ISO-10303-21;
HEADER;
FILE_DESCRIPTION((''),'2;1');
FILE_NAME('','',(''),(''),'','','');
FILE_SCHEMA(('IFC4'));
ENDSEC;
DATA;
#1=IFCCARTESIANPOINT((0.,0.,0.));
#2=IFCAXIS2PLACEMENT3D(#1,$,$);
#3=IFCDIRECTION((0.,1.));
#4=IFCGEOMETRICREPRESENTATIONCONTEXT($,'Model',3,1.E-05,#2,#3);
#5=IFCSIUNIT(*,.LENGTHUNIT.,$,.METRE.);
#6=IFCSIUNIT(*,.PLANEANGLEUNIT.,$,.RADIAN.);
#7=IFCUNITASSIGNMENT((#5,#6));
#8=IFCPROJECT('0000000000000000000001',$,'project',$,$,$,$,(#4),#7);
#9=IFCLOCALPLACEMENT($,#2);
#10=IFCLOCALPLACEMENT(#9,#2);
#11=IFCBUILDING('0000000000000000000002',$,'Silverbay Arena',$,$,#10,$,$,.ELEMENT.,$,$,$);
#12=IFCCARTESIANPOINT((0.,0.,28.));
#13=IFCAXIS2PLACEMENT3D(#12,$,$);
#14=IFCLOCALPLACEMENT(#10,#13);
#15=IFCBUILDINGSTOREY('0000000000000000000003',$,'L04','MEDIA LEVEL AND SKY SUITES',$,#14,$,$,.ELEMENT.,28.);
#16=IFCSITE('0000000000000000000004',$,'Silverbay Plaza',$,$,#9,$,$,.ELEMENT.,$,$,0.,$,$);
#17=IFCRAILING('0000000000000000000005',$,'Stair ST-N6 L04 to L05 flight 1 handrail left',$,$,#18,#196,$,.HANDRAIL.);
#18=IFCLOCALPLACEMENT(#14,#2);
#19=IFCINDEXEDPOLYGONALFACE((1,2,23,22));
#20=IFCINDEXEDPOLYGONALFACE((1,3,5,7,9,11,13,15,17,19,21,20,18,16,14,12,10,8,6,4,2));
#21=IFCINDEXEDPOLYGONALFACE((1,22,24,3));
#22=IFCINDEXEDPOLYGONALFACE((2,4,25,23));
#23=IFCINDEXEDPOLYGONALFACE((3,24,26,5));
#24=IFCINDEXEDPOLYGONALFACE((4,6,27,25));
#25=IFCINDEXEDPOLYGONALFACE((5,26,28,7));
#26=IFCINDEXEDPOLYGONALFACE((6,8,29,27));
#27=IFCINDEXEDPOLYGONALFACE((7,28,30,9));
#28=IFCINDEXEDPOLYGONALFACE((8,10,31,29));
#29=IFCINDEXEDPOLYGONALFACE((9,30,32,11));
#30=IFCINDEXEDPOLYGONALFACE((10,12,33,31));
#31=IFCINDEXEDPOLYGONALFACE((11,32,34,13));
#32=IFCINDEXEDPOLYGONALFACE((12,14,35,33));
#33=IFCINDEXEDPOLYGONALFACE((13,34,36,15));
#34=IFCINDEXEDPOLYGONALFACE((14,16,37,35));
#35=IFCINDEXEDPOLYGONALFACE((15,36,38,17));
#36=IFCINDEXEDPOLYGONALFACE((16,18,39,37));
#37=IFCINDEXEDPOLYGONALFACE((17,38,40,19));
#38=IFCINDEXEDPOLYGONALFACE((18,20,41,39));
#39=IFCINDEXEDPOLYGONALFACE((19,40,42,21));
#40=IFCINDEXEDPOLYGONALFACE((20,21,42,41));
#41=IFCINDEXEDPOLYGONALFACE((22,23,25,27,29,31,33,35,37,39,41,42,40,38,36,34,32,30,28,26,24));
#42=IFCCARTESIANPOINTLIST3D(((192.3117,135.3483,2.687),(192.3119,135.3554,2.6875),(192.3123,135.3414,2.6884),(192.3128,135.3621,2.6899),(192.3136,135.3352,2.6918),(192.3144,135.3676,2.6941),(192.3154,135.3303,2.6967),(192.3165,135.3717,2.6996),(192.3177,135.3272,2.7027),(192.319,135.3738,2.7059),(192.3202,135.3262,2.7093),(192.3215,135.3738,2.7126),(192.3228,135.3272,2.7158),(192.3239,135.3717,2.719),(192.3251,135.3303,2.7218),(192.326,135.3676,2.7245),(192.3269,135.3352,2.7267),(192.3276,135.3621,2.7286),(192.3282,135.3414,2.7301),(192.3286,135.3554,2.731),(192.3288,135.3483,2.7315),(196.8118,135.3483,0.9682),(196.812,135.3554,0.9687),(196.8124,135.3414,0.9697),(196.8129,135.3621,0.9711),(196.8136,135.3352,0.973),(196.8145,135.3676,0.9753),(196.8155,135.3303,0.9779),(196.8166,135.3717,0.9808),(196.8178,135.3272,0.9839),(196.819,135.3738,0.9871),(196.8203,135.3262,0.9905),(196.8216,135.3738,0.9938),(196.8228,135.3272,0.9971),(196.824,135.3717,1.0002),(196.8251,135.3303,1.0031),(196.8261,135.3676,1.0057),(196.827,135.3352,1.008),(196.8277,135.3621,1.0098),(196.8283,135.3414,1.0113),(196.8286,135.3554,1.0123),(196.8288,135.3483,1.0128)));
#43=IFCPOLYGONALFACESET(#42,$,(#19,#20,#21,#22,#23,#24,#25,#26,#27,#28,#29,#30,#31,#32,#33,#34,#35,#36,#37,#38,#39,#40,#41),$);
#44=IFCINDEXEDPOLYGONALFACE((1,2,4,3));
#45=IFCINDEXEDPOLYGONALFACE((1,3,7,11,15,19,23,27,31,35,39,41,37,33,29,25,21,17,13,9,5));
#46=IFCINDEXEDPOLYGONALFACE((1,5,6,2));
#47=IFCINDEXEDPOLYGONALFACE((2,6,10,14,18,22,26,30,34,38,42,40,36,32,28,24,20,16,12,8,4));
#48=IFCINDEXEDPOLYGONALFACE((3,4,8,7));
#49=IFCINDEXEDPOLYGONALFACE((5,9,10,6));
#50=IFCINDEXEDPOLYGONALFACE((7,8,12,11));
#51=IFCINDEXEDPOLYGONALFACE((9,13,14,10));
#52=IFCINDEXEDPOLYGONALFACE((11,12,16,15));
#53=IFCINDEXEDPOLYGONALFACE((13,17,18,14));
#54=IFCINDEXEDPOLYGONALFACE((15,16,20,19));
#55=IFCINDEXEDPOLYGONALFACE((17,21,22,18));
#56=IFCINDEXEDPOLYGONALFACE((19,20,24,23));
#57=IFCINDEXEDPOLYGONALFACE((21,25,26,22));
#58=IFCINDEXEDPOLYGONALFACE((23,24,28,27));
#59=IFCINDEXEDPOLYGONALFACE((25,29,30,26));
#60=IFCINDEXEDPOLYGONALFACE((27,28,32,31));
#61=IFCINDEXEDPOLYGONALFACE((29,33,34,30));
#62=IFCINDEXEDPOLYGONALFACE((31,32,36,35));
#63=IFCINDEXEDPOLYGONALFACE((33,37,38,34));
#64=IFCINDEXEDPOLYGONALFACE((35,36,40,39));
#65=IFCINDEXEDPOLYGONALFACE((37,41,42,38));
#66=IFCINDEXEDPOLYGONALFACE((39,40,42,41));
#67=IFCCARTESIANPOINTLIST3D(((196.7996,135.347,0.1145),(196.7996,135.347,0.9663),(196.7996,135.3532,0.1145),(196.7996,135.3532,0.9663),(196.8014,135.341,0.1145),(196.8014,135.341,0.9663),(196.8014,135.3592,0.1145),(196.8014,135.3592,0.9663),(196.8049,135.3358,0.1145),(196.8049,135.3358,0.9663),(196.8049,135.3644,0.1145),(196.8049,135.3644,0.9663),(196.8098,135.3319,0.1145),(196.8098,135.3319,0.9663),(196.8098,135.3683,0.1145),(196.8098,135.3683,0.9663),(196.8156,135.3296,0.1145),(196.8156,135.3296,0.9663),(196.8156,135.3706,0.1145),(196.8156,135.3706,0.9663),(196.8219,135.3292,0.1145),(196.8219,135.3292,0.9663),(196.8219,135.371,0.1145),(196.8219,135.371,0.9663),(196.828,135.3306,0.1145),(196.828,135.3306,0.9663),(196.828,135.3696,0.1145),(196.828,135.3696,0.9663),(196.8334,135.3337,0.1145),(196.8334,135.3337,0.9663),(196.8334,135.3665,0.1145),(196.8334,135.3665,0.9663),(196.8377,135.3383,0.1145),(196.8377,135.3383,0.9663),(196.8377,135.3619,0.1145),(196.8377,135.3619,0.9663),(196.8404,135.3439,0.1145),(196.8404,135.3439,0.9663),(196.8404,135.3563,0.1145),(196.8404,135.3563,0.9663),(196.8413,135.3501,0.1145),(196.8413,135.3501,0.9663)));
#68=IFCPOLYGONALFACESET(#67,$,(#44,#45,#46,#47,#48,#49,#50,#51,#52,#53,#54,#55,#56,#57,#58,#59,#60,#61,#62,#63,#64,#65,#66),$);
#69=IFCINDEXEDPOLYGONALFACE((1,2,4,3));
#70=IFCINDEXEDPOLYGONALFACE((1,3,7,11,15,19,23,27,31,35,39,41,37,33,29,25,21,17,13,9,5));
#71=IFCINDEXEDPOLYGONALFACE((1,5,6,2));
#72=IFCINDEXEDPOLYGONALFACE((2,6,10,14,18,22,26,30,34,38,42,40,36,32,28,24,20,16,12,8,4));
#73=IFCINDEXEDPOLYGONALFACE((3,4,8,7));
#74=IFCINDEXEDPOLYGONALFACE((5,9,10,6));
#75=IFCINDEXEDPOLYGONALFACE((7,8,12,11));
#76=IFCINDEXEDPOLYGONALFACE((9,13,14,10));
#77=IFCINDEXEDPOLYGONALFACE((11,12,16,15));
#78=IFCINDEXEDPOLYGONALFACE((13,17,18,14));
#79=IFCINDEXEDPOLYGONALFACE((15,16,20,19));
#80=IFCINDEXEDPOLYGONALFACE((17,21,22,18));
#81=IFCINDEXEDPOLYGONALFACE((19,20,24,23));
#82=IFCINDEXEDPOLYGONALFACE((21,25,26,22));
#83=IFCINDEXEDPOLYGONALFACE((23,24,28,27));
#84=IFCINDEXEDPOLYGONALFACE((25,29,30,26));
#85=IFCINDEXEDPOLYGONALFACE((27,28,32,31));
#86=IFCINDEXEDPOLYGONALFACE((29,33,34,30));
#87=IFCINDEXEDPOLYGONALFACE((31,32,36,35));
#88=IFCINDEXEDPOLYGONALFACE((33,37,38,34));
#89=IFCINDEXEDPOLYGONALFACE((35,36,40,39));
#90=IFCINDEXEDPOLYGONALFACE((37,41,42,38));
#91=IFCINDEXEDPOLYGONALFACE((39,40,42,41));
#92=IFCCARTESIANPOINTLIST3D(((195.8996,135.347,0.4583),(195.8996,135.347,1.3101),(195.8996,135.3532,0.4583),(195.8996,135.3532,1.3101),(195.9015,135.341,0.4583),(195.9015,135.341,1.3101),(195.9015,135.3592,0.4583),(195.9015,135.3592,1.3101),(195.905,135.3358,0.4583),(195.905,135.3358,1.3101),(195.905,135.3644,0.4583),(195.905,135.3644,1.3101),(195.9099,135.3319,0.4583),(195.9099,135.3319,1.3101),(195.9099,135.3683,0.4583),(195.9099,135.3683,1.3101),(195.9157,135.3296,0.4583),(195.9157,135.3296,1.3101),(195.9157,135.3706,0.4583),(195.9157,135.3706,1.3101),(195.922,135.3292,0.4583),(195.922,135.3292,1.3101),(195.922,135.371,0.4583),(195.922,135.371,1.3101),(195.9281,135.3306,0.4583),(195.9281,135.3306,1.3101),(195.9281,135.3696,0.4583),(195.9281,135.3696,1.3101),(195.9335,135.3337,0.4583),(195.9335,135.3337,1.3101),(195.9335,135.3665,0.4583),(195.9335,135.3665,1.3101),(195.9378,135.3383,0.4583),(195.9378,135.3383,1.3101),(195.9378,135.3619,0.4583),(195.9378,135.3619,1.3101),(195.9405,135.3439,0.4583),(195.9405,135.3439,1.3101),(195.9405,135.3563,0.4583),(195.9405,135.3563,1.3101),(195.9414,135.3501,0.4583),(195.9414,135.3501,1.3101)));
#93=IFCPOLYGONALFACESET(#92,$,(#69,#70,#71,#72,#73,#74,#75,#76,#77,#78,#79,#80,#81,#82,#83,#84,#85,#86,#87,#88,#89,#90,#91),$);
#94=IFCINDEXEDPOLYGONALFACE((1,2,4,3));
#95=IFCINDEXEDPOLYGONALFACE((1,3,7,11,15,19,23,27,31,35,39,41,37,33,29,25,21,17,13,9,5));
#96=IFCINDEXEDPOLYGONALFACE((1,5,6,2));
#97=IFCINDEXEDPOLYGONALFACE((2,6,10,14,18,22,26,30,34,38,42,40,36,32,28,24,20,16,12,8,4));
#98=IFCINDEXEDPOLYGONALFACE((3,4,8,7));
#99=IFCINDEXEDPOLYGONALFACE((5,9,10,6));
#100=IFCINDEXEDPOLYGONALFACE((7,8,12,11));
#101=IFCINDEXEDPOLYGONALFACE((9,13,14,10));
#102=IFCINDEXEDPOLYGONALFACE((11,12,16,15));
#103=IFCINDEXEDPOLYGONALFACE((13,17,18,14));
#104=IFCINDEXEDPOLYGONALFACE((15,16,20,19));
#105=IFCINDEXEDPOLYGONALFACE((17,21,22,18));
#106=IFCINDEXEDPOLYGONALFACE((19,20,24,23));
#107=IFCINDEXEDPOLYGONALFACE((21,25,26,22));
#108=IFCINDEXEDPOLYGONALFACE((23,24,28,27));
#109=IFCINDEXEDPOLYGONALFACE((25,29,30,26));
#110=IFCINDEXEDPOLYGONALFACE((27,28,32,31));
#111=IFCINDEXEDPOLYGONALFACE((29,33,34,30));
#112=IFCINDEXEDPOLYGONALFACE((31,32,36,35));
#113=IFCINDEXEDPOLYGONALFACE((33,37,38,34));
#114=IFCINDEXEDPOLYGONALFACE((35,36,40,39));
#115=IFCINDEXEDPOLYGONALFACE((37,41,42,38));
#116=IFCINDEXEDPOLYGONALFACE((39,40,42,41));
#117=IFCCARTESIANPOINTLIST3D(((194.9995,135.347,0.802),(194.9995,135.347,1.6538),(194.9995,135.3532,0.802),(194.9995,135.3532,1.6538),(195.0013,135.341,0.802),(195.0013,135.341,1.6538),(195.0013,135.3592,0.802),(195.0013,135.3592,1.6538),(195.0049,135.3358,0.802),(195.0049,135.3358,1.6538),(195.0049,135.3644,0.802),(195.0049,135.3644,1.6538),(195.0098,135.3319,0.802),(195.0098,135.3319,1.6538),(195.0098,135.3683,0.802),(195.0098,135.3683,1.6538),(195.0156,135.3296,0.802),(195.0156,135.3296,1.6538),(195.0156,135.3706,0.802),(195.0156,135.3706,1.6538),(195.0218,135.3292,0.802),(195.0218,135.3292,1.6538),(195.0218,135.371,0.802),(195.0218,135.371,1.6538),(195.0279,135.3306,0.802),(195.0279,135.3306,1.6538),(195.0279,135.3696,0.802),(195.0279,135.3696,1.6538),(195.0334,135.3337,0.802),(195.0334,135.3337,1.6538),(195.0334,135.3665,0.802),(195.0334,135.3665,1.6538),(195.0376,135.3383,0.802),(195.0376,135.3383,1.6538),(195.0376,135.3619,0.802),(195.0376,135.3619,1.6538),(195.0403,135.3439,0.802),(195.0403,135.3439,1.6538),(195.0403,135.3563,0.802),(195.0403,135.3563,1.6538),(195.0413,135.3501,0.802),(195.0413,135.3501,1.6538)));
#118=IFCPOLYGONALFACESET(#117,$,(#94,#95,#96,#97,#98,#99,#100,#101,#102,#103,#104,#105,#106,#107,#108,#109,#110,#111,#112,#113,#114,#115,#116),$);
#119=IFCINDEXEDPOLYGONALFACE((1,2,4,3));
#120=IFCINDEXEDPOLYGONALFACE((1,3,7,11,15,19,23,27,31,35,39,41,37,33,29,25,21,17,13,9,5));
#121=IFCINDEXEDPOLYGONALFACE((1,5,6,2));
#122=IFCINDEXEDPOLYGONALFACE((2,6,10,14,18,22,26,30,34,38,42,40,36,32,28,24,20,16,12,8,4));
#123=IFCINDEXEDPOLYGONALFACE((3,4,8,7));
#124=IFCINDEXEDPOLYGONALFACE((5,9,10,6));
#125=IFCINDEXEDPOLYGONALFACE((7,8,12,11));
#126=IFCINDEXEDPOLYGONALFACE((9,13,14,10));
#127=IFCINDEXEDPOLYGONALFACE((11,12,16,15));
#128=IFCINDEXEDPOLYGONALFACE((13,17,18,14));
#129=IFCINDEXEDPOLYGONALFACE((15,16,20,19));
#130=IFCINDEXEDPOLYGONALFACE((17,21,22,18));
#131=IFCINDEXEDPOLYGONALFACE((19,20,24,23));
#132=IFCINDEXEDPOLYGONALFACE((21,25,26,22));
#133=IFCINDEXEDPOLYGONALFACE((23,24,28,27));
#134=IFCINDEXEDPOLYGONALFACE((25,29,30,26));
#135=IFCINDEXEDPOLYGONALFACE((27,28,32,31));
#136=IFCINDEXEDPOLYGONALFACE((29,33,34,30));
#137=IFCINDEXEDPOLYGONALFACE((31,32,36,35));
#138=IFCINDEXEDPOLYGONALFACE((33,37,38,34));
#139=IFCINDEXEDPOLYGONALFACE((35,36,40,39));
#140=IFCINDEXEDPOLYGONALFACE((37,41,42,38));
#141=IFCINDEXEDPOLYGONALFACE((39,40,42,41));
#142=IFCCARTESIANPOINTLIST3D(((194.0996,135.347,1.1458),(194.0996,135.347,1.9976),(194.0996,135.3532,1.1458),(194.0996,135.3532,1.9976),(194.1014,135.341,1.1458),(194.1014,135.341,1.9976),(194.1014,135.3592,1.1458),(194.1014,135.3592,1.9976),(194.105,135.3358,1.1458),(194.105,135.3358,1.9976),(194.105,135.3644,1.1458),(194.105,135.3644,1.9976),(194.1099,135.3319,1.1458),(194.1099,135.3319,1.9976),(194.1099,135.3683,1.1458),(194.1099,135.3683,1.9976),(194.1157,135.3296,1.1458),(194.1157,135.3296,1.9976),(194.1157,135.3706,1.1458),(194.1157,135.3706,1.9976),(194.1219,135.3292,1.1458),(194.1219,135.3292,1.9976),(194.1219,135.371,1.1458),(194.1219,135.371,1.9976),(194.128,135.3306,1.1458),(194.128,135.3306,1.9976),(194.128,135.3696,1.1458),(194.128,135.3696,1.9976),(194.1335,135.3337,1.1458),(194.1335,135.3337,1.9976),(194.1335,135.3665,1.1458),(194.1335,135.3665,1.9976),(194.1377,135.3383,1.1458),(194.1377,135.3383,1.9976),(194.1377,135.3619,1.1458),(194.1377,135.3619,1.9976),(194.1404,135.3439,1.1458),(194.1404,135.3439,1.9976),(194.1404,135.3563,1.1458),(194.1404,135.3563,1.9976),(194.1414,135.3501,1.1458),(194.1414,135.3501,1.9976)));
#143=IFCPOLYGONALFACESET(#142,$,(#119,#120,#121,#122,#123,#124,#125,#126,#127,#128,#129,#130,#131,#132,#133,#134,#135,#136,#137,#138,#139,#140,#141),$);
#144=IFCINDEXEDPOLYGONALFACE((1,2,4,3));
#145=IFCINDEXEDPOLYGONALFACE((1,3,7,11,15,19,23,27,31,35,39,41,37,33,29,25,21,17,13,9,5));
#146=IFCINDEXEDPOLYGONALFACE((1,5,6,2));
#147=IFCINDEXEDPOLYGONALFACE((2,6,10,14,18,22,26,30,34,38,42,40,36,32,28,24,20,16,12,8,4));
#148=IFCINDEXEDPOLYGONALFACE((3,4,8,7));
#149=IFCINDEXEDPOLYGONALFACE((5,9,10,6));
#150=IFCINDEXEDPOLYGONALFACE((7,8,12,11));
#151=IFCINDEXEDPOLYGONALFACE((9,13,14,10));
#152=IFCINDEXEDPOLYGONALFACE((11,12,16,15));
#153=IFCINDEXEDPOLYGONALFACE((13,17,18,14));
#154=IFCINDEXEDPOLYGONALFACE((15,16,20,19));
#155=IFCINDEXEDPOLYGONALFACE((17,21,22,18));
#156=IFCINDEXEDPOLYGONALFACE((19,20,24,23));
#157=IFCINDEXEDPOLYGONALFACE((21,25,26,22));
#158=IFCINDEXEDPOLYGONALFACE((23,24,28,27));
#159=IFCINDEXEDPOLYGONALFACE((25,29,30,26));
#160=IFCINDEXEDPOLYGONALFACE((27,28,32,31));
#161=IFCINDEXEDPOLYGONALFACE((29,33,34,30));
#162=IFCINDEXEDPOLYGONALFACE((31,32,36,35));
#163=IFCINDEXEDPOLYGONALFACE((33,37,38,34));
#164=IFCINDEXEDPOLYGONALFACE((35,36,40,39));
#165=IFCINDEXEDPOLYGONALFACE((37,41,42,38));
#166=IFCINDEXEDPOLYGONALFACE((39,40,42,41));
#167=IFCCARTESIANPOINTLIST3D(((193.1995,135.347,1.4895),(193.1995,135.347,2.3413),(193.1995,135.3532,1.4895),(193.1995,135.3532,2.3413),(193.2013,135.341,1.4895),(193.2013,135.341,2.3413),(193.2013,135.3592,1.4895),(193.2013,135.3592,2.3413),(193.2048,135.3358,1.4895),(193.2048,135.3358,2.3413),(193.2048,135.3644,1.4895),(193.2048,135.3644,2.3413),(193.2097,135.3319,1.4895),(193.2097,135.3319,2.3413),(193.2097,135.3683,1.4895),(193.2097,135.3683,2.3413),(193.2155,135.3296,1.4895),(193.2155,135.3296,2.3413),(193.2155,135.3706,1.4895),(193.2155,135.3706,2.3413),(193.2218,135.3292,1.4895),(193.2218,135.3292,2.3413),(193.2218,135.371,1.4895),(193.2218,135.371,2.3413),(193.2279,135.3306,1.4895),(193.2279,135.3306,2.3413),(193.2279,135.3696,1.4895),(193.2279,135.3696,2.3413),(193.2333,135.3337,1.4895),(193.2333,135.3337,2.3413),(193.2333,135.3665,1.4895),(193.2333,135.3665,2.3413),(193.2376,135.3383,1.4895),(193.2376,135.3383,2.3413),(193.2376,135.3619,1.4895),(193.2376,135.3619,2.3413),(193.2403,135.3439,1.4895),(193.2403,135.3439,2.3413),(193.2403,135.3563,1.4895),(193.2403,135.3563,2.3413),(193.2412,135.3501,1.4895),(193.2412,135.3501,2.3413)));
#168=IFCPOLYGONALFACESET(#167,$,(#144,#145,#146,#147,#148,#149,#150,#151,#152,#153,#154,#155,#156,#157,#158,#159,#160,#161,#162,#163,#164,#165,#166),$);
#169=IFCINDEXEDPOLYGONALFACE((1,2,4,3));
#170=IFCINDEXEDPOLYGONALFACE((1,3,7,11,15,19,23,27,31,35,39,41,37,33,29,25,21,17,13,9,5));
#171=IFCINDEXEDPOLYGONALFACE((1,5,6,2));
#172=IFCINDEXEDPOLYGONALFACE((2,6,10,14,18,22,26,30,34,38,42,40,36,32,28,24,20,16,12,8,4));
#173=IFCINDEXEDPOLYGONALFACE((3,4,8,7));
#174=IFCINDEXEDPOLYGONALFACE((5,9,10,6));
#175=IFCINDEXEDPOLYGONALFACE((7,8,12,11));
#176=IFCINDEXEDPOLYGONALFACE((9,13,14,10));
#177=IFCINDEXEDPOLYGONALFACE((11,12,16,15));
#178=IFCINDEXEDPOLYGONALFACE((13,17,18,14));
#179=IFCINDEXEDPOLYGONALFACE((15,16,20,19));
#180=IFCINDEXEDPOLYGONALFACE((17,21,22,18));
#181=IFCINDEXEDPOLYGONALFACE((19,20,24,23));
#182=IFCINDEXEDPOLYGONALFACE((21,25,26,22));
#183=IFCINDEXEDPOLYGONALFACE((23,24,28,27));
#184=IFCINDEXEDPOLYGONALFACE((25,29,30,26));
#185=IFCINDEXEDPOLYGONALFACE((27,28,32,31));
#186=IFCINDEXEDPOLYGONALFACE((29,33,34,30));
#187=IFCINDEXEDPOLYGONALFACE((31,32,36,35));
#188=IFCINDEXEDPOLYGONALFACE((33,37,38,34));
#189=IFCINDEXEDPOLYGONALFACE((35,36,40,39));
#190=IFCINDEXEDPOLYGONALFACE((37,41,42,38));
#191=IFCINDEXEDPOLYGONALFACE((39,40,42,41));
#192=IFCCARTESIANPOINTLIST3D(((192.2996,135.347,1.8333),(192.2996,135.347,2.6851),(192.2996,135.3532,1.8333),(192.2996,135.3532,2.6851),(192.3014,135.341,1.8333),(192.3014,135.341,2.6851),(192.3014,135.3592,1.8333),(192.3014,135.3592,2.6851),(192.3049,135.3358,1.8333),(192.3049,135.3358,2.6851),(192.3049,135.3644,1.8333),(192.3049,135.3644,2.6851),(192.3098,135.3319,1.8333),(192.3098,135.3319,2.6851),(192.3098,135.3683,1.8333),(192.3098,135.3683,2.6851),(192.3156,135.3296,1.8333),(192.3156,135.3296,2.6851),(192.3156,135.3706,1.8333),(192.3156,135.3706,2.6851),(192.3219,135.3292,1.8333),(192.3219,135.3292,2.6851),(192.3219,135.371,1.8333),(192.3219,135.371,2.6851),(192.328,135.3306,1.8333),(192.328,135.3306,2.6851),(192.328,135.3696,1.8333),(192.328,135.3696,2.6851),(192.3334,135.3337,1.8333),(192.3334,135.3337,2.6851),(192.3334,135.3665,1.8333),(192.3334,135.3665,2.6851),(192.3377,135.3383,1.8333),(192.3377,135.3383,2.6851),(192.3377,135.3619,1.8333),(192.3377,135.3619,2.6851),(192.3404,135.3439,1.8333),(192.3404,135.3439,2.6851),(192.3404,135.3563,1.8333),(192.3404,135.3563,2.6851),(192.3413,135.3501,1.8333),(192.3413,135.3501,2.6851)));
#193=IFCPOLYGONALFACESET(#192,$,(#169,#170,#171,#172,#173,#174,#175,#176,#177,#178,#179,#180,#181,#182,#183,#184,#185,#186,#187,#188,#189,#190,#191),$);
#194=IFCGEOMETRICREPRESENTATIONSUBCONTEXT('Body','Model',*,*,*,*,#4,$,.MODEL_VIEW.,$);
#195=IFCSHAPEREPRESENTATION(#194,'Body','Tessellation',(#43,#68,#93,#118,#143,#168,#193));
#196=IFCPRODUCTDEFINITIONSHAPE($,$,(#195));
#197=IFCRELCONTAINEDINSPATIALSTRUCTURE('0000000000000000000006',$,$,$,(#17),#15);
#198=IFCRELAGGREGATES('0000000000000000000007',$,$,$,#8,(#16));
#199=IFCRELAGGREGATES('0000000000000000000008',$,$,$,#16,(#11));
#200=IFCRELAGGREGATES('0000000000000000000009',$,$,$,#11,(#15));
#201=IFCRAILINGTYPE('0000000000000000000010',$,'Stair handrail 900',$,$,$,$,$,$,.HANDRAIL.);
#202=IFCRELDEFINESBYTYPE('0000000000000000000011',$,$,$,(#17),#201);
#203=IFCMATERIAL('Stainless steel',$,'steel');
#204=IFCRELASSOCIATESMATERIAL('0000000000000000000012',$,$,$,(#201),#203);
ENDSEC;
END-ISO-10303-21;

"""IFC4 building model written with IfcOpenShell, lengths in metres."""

from ifc_helpers import new_model, si_unit, direction, frame, origin, origin_2d, place, context, subcontext, project, spatial, circle, extrude, material, type_object, element, save


model = new_model("IFC4")

# Units and contexts
model_context = context("Model", 3, precision=1e-05, world=origin(), true_north=direction((0.0, 1.0)))
body_context = subcontext(model_context, "Body", "Model", "MODEL_VIEW")
ifc_project = project(units=[si_unit("LENGTHUNIT", "METRE"), si_unit("PLANEANGLEUNIT", "RADIAN")], contexts=[model_context])

# Site, building, storey
site_placement = place(None, origin())
site = spatial("IfcSite", under=ifc_project, at=site_placement, Name="Silverbay Plaza", CompositionType="ELEMENT", RefElevation=0.0)
building_placement = place(site_placement, origin())
building = spatial("IfcBuilding", under=site, at=building_placement, Name="Silverbay Arena", CompositionType="ELEMENT")
storey_placement = place(building_placement, frame((0.0, 0.0, 28.0)))
storey = spatial("IfcBuildingStorey", under=building, at=storey_placement, Name="L04", Description="MEDIA LEVEL AND SKY SUITES", CompositionType="ELEMENT", Elevation=28.0)

# Railing
ifc_material_1 = material(Name="Stainless steel", Category="steel")
railing_type_1 = type_object("IfcRailingType", Name="Stair handrail 900", PredefinedType="HANDRAIL", material=ifc_material_1)
railing_1_placement = place(storey_placement, frame((196.8203, 135.3501, 0.1145)))
element("IfcRailing", 1, at=railing_1_placement, inside=storey, type_object=railing_type_1, Name="Stair ST-N6 L04 to L05 flight 1 handrail left", PredefinedType="HANDRAIL", context=body_context, shape_type="SweptSolid", body=[
    extrude(circle(Radius=0.0239, at=origin_2d()), frame((0.0, 0.0, 0.876), z_axis=(-0.934179, 0.0, 0.356805), x_axis=(0.0, -1.0, 0.0)), (0.0, 0.0, 1.0), 4.8171),
    extrude(circle(Radius=0.021, at=origin_2d()), origin(), (0.0, 0.0, 1.0), 0.8518),
    extrude(circle(Radius=0.021, at=origin_2d()), frame((-0.8999, 0.0, 0.3438)), (0.0, 0.0, 1.0), 0.8518),
    extrude(circle(Radius=0.021, at=origin_2d()), frame((-1.8, 0.0, 0.6875)), (0.0, 0.0, 1.0), 0.8518),
    extrude(circle(Radius=0.021, at=origin_2d()), frame((-2.7, 0.0, 1.0312)), (0.0, 0.0, 1.0), 0.8518),
    extrude(circle(Radius=0.021, at=origin_2d()), frame((-3.6001, 0.0, 1.375)), (0.0, 0.0, 1.0), 0.8518),
    extrude(circle(Radius=0.021, at=origin_2d()), frame((-4.5, 0.0, 1.7188)), (0.0, 0.0, 1.0), 0.8518),
])

save(model, "model.ifc")
